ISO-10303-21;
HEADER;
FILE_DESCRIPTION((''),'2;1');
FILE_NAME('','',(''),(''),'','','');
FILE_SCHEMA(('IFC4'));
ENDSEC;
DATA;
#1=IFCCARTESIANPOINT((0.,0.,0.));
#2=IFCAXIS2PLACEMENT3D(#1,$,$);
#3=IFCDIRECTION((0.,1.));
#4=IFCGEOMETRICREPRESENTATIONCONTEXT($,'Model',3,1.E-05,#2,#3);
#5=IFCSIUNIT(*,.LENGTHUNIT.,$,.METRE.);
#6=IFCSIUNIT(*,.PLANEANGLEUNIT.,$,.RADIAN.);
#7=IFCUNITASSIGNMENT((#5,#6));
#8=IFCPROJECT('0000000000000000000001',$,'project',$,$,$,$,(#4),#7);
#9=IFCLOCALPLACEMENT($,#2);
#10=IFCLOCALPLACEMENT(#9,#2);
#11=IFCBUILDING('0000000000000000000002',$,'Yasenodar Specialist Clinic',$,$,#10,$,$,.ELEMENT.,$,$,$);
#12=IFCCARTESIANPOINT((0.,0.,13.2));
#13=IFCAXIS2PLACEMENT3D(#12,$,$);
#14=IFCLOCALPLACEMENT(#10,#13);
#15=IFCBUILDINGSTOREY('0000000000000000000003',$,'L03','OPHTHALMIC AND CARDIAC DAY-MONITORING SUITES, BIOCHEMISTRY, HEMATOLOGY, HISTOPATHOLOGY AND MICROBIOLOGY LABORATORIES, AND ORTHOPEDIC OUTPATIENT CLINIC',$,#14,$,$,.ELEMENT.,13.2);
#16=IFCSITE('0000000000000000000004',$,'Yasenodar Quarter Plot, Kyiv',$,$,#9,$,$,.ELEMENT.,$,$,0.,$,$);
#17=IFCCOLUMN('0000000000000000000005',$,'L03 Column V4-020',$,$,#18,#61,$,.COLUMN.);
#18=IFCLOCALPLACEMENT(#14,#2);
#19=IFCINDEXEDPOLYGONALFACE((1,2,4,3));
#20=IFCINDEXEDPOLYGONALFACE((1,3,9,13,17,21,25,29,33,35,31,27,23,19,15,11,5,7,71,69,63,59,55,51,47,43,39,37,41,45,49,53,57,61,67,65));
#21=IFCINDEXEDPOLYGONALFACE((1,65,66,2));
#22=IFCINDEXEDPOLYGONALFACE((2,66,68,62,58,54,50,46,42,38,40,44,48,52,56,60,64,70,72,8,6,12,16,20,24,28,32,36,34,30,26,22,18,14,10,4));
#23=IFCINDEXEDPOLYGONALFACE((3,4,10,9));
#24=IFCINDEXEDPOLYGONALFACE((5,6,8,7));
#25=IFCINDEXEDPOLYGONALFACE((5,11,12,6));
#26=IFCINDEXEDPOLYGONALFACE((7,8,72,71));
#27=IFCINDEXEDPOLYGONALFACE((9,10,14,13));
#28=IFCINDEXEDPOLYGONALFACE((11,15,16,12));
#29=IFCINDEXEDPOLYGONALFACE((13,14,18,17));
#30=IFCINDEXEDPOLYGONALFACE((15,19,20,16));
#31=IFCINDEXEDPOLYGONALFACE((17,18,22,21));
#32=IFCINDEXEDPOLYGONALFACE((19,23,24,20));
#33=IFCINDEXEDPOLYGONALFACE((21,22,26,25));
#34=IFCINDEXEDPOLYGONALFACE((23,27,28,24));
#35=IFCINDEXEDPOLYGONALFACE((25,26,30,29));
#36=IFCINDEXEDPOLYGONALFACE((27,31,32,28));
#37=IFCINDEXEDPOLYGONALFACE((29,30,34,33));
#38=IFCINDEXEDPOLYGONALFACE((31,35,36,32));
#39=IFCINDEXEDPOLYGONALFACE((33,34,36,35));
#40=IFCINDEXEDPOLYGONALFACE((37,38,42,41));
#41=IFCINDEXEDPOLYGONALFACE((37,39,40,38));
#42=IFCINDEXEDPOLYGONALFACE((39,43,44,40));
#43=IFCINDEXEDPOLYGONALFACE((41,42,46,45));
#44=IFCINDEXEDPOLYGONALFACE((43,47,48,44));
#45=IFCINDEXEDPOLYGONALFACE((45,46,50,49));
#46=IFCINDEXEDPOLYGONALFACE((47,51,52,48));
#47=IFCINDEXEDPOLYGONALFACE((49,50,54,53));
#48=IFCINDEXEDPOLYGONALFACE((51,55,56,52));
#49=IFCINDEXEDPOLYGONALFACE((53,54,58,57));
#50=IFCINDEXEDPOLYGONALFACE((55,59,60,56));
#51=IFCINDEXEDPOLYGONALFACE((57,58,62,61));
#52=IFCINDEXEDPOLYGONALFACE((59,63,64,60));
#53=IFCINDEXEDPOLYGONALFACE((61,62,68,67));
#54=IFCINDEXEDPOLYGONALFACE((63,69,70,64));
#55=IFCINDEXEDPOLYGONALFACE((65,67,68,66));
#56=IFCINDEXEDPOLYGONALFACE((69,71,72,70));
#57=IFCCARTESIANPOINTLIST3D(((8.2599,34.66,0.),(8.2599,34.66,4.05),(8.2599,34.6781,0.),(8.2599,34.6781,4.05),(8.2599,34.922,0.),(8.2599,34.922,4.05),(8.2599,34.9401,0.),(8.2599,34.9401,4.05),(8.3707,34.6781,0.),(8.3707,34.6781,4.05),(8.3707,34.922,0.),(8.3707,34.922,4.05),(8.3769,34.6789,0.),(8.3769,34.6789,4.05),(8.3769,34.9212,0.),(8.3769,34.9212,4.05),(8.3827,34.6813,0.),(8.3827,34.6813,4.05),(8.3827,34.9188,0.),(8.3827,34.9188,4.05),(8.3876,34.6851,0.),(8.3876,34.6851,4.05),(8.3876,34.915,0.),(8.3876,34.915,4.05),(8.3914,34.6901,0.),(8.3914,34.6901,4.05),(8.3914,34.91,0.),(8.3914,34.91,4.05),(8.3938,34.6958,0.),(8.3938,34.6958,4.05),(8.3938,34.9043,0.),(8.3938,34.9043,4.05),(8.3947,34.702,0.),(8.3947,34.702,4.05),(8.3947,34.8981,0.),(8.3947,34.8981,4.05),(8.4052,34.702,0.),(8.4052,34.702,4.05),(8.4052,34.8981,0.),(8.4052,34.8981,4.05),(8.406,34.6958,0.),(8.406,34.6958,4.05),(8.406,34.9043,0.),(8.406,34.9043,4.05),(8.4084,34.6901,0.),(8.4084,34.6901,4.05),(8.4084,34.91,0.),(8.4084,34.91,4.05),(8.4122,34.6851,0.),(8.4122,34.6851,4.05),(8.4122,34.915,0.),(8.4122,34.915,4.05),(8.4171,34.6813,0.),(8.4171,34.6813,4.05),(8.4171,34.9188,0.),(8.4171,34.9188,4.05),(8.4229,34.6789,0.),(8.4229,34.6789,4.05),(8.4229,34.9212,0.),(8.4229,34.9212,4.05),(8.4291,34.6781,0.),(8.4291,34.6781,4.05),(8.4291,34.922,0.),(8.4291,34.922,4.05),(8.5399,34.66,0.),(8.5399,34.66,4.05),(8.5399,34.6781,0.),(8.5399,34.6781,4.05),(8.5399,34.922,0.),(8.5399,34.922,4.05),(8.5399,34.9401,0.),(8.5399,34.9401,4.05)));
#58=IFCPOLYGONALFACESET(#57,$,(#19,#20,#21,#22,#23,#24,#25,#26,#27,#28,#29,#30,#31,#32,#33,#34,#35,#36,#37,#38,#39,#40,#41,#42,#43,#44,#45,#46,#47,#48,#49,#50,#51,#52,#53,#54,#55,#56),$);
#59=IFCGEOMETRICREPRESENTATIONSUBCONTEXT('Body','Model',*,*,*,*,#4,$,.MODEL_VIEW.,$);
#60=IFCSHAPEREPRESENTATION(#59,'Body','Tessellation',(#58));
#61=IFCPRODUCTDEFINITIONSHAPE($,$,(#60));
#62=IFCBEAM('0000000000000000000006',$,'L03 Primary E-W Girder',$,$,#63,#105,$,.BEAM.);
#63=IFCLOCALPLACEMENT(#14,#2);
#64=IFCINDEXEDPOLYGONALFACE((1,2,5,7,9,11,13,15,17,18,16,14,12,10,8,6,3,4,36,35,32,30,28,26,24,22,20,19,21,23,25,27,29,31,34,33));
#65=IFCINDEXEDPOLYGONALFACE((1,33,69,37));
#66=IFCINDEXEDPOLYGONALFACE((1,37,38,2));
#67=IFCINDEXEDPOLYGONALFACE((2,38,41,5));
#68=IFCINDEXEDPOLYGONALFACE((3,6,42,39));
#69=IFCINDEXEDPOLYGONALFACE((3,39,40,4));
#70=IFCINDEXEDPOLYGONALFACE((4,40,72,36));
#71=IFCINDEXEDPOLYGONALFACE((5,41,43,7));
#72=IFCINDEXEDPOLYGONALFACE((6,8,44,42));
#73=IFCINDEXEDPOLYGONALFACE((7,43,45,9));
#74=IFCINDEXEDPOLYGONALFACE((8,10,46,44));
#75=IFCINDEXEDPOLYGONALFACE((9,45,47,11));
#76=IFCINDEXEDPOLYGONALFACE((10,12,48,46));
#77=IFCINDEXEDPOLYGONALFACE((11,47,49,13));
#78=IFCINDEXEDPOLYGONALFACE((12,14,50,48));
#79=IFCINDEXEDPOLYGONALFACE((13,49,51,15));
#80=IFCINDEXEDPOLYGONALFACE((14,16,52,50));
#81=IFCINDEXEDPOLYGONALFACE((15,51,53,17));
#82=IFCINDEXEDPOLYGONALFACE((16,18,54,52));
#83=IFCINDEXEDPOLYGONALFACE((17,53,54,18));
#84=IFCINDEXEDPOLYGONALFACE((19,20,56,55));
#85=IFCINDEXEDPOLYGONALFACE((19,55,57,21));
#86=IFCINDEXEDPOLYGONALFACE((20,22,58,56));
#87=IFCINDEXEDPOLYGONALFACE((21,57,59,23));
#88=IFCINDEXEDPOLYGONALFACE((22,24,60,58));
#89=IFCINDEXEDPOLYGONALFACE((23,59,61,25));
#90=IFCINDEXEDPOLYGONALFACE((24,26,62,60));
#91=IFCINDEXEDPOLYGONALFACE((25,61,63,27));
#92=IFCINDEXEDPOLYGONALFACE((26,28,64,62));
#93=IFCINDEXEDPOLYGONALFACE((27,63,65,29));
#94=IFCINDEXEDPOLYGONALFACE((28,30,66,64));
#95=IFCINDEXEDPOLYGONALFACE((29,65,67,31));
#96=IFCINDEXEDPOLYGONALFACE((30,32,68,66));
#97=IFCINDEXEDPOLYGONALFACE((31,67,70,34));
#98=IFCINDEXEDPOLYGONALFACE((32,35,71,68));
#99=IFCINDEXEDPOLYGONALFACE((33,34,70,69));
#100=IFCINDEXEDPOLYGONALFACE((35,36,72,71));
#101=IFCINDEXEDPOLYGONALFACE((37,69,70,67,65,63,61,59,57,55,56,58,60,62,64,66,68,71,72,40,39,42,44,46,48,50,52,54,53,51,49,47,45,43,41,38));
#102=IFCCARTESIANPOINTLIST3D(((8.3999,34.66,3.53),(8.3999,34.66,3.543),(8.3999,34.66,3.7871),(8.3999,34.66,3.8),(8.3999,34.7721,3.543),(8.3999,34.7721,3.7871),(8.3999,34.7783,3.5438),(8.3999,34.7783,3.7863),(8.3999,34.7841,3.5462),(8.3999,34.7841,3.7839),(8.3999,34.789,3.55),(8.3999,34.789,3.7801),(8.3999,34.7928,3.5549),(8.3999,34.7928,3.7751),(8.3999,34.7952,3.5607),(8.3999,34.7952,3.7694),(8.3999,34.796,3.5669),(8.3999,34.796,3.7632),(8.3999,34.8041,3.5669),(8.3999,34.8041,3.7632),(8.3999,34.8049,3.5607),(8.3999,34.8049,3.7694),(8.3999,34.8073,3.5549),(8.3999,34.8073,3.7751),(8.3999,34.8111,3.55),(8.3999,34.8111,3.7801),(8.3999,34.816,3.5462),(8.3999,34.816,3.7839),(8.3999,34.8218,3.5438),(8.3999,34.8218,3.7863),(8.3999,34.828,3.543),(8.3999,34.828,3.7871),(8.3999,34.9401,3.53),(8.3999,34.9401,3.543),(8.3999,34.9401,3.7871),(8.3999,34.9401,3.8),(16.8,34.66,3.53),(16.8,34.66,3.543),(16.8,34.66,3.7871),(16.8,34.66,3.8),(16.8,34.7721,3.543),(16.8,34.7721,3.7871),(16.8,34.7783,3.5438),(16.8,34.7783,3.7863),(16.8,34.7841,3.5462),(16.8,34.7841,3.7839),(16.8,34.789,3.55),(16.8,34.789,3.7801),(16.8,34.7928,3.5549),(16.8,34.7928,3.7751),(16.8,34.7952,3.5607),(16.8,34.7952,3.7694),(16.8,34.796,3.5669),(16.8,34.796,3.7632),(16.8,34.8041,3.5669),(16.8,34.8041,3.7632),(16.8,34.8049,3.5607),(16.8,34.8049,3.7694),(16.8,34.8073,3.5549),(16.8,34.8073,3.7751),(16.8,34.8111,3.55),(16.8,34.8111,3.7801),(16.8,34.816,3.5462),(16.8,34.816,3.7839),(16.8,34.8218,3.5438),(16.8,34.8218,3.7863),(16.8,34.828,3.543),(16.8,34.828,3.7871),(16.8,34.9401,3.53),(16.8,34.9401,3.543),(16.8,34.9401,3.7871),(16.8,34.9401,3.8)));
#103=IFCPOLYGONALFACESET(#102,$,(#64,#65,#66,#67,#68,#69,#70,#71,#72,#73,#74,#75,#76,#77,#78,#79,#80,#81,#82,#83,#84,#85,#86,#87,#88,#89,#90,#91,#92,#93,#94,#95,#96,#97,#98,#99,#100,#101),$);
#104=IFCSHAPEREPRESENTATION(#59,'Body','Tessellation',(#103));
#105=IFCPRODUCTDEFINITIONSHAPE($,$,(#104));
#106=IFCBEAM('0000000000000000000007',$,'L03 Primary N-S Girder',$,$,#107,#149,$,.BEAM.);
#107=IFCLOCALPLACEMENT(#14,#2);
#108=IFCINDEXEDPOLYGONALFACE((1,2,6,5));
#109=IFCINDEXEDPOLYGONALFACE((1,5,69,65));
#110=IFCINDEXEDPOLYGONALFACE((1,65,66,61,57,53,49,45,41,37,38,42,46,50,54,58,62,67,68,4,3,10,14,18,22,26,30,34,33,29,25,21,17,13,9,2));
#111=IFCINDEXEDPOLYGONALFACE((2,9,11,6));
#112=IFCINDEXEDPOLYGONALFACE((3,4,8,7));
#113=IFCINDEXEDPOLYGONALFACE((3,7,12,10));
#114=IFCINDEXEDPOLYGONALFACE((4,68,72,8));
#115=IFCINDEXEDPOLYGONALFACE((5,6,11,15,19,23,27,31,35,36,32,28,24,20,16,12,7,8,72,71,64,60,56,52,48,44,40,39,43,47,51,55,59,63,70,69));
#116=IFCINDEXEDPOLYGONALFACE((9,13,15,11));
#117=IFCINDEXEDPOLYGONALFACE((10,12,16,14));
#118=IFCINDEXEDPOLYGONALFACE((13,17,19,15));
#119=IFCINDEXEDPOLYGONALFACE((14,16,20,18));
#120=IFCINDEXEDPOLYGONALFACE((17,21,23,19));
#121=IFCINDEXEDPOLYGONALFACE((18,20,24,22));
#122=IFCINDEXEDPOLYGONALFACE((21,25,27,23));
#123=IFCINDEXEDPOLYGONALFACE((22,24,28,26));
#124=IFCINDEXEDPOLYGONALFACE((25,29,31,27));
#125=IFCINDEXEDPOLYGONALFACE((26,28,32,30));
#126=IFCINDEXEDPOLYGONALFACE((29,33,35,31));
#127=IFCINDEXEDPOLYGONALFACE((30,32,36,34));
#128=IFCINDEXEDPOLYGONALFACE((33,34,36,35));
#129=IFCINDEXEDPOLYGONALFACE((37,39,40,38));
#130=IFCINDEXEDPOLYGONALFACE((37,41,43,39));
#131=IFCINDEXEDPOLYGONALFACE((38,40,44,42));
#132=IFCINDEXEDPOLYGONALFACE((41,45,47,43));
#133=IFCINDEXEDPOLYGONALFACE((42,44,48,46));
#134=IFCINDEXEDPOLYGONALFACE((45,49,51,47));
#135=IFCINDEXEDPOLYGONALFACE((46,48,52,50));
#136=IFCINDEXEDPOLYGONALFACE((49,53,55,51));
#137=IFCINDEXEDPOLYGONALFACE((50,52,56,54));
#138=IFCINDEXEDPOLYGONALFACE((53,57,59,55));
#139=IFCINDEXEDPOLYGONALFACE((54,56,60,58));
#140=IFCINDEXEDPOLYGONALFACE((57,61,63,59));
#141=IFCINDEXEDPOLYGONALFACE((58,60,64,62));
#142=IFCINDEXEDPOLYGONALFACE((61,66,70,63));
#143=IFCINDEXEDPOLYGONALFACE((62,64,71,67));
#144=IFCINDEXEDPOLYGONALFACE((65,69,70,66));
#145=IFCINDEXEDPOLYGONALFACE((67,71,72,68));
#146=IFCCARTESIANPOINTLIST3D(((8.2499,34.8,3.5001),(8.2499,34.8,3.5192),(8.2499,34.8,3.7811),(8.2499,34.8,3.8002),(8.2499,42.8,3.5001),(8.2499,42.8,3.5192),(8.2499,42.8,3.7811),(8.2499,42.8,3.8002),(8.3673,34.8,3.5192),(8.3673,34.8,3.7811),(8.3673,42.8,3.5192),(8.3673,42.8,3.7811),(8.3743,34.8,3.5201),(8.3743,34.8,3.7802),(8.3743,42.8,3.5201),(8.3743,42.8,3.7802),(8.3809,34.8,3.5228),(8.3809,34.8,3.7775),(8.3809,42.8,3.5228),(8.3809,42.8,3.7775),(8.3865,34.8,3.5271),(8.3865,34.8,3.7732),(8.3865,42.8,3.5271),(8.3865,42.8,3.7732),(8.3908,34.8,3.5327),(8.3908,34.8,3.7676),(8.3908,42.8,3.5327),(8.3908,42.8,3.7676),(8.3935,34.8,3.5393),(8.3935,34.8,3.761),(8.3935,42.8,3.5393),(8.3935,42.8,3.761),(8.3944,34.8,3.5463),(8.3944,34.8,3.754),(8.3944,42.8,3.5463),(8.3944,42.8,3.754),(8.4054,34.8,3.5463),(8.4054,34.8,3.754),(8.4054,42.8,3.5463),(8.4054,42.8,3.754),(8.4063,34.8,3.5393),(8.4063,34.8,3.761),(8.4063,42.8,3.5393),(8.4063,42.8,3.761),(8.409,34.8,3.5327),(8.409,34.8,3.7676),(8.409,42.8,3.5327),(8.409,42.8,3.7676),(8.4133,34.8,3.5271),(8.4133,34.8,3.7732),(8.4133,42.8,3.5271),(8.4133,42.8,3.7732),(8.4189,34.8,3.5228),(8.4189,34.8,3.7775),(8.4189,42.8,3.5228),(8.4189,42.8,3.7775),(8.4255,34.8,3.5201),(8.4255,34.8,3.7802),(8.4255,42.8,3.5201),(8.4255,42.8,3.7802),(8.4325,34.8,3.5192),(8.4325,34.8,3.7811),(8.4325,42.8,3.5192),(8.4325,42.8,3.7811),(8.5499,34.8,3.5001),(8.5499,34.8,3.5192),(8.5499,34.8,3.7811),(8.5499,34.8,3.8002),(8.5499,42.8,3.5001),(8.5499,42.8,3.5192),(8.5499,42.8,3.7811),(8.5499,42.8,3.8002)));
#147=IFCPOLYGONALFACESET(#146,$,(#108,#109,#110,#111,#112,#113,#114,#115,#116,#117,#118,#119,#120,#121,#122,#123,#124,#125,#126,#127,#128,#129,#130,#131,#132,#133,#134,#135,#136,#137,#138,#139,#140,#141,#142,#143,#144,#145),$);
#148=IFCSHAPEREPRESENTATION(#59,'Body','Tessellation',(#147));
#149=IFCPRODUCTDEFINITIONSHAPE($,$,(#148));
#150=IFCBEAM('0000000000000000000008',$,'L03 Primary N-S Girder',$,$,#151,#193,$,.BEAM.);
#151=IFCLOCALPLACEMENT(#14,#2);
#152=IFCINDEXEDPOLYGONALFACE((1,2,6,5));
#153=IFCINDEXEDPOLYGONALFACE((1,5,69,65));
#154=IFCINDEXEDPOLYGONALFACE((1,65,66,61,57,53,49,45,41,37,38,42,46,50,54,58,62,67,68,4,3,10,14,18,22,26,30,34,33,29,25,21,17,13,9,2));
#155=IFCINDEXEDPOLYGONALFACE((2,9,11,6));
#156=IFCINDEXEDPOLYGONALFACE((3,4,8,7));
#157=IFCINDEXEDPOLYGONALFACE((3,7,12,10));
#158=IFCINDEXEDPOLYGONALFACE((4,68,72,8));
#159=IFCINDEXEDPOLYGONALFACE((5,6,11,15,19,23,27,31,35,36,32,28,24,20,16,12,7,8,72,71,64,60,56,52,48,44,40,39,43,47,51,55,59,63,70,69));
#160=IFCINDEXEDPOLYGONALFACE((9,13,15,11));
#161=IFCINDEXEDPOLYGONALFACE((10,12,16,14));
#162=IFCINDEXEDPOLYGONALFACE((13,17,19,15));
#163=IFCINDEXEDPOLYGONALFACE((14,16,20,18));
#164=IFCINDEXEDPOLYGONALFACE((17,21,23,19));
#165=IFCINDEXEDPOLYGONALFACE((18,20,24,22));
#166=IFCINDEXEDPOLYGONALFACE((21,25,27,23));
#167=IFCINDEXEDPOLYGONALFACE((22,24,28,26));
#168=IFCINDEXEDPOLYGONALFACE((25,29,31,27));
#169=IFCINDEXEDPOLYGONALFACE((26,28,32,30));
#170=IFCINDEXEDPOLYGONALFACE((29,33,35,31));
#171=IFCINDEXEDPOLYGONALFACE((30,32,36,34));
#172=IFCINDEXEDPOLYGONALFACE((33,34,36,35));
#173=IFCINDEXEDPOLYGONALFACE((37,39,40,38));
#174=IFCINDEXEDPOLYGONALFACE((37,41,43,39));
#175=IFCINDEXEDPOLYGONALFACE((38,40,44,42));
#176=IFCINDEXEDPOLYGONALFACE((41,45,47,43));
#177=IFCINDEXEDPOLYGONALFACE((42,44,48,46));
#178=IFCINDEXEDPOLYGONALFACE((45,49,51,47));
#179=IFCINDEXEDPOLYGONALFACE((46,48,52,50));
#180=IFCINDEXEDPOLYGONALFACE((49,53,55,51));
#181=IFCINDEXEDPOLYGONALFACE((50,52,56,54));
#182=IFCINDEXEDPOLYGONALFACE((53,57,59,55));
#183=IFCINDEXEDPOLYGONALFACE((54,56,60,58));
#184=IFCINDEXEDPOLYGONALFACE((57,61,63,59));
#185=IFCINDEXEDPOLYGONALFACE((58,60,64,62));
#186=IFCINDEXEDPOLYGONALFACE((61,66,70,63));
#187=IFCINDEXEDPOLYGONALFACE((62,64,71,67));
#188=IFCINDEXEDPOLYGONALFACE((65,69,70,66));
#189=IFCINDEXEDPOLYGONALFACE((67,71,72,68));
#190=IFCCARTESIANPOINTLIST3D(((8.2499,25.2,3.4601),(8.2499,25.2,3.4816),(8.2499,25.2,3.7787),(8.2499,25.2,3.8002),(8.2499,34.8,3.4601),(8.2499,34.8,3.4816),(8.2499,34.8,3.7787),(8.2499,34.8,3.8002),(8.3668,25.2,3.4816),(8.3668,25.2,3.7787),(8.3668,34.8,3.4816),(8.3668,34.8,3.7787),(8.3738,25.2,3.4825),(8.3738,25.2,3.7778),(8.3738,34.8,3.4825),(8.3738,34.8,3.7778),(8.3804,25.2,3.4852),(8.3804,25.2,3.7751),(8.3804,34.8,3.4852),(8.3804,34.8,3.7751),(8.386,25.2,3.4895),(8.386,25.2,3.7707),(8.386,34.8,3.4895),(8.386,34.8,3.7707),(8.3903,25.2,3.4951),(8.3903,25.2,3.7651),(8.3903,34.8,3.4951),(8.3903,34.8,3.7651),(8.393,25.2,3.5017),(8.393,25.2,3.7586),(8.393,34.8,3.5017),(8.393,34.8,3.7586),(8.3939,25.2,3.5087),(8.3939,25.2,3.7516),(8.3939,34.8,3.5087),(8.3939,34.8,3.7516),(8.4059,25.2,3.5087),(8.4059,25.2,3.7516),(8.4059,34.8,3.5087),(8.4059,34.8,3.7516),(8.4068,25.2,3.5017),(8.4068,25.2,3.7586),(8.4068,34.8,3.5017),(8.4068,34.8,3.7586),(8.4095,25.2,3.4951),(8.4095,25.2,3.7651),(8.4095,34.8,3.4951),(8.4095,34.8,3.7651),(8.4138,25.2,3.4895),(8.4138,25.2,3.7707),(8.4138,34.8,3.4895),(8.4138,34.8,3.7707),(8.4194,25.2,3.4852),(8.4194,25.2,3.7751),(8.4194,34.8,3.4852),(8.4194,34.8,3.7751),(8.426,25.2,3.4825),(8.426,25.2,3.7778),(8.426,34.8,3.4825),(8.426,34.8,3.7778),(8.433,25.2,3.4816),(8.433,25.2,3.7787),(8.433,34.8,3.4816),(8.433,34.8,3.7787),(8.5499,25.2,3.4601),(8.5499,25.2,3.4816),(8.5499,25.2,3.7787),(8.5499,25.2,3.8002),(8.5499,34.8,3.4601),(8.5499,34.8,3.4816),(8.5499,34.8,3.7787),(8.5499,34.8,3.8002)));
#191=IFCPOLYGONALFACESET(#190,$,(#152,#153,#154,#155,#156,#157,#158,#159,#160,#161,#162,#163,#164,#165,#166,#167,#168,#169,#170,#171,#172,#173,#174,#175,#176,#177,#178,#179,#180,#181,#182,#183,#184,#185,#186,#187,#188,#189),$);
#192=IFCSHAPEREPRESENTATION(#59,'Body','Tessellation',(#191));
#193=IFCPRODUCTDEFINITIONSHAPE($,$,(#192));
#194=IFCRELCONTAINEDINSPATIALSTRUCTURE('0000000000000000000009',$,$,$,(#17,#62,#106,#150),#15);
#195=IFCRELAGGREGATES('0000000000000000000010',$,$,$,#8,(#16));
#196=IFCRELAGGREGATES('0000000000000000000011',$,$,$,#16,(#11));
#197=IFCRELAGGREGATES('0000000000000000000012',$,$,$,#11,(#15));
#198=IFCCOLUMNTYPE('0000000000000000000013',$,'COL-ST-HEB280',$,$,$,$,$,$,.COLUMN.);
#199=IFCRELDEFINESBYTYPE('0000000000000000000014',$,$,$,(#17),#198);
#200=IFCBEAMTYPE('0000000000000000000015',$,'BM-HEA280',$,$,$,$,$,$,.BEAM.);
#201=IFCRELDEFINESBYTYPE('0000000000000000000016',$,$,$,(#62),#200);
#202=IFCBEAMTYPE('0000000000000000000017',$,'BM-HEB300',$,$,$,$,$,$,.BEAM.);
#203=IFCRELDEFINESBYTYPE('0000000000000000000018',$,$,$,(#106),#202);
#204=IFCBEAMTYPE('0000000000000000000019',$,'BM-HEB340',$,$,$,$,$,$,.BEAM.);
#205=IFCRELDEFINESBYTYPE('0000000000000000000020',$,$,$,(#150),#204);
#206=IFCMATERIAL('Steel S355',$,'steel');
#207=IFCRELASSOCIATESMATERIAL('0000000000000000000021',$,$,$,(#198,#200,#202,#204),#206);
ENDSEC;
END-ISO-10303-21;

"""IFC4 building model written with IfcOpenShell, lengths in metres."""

from ifc_helpers import new_model, si_unit, direction, frame, origin, origin_2d, place, context, subcontext, project, spatial, i_section, extrude, material, material_profile, profile_set, type_object, element, save


model = new_model("IFC4")

# Units and contexts
model_context = context("Model", 3, precision=1e-05, world=origin(), true_north=direction((0.0, 1.0)))
body_context = subcontext(model_context, "Body", "Model", "MODEL_VIEW")
ifc_project = project(units=[si_unit("LENGTHUNIT", "METRE"), si_unit("PLANEANGLEUNIT", "RADIAN")], contexts=[model_context])

# Site, building, storey
site_placement = place(None, origin())
site = spatial("IfcSite", under=ifc_project, at=site_placement, Name="Yasenodar Quarter Plot, Kyiv", CompositionType="ELEMENT", RefElevation=0.0)
building_placement = place(site_placement, origin())
building = spatial("IfcBuilding", under=site, at=building_placement, Name="Yasenodar Specialist Clinic", CompositionType="ELEMENT")
storey_placement = place(building_placement, frame((0.0, 0.0, 13.2)))
storey = spatial("IfcBuildingStorey", under=building, at=storey_placement, Name="L03", Description="OPHTHALMIC AND CARDIAC DAY-MONITORING SUITES, BIOCHEMISTRY, HEMATOLOGY, HISTOPATHOLOGY AND MICROBIOLOGY LABORATORIES, AND ORTHOPEDIC OUTPATIENT CLINIC", CompositionType="ELEMENT", Elevation=13.2)

# Column
ifc_material_1 = material(Name="Steel S355", Category="steel")
ifc_material_profile_1 = material_profile(ifc_material_1, i_section(OverallWidth=0.28, OverallDepth=0.28, WebThickness=0.0105, FlangeThickness=0.0181, FilletRadius=0.0239, at=origin_2d()), Name="HEB 280")
ifc_profile_set_1 = profile_set([ifc_material_profile_1], Name="Steel S355")
column_type = type_object("IfcColumnType", Name="COL-ST-HEB280", PredefinedType="COLUMN", material=ifc_profile_set_1)
column_placement = place(storey_placement, frame((8.3999, 34.8, 0.0), z_axis=(0.0, 0.0, 1.0), x_axis=(1.0, 0.0, 0.0)))
element("IfcColumn", 1, at=column_placement, inside=storey, type_object=column_type, Name="L03 Column V4-020", PredefinedType="COLUMN", context=body_context, shape_type="SweptSolid", body=[
    extrude(i_section(OverallWidth=0.28, OverallDepth=0.28, WebThickness=0.0105, FlangeThickness=0.0181, FilletRadius=0.0239, at=origin_2d()), origin(), (0.0, 0.0, 1.0), 4.05),
])

# Beams
ifc_material_profile_2 = material_profile(ifc_material_1, i_section(OverallWidth=0.28, OverallDepth=0.27, WebThickness=0.0081, FlangeThickness=0.0129, FilletRadius=0.0239, at=origin_2d()), Name="HEA 280")
ifc_profile_set_2 = profile_set([ifc_material_profile_2], Name="Steel S355")
beam_type_1 = type_object("IfcBeamType", Name="BM-HEA280", PredefinedType="BEAM", material=ifc_profile_set_2)
beam_1_placement = place(storey_placement, frame((8.3999, 34.8, 3.665), z_axis=(1.0, 0.0, 0.0), x_axis=(0.0, 1.0, 0.0)))
element("IfcBeam", 2, at=beam_1_placement, inside=storey, type_object=beam_type_1, Name="L03 Primary E-W Girder", PredefinedType="BEAM", context=body_context, shape_type="SweptSolid", body=[
    extrude(i_section(OverallWidth=0.28, OverallDepth=0.27, WebThickness=0.0081, FlangeThickness=0.0129, FilletRadius=0.0239, at=origin_2d()), origin(), (0.0, 0.0, 1.0), 8.4001),
])
ifc_material_profile_3 = material_profile(ifc_material_1, i_section(OverallWidth=0.3, OverallDepth=0.3, WebThickness=0.011, FlangeThickness=0.019, FilletRadius=0.0271, at=origin_2d()), Name="HEB 300")
ifc_profile_set_3 = profile_set([ifc_material_profile_3], Name="Steel S355")
beam_type_2 = type_object("IfcBeamType", Name="BM-HEB300", PredefinedType="BEAM", material=ifc_profile_set_3)
beam_2_placement = place(storey_placement, frame((8.3999, 34.8, 3.6501), z_axis=(0.0, 1.0, 0.0), x_axis=(-1.0, 0.0, 0.0)))
element("IfcBeam", 3, at=beam_2_placement, inside=storey, type_object=beam_type_2, Name="L03 Primary N-S Girder", PredefinedType="BEAM", context=body_context, shape_type="SweptSolid", body=[
    extrude(i_section(OverallWidth=0.3, OverallDepth=0.3, WebThickness=0.011, FlangeThickness=0.019, FilletRadius=0.0271, at=origin_2d()), origin(), (0.0, 0.0, 1.0), 8.0),
])
ifc_material_profile_4 = material_profile(ifc_material_1, i_section(OverallWidth=0.3, OverallDepth=0.3401, WebThickness=0.012, FlangeThickness=0.0215, FilletRadius=0.0271, at=origin_2d()), Name="HEB 340")
ifc_profile_set_4 = profile_set([ifc_material_profile_4], Name="Steel S355")
beam_type_3 = type_object("IfcBeamType", Name="BM-HEB340", PredefinedType="BEAM", material=ifc_profile_set_4)
beam_3_placement = place(storey_placement, frame((8.3999, 25.2, 3.6301), z_axis=(0.0, 1.0, 0.0), x_axis=(-1.0, 0.0, 0.0)))
element("IfcBeam", 4, at=beam_3_placement, inside=storey, type_object=beam_type_3, Name="L03 Primary N-S Girder", PredefinedType="BEAM", context=body_context, shape_type="SweptSolid", body=[
    extrude(i_section(OverallWidth=0.3, OverallDepth=0.3401, WebThickness=0.012, FlangeThickness=0.0215, FilletRadius=0.0271, at=origin_2d()), origin(), (0.0, 0.0, 1.0), 9.6001),
])

save(model, "model.ifc")
